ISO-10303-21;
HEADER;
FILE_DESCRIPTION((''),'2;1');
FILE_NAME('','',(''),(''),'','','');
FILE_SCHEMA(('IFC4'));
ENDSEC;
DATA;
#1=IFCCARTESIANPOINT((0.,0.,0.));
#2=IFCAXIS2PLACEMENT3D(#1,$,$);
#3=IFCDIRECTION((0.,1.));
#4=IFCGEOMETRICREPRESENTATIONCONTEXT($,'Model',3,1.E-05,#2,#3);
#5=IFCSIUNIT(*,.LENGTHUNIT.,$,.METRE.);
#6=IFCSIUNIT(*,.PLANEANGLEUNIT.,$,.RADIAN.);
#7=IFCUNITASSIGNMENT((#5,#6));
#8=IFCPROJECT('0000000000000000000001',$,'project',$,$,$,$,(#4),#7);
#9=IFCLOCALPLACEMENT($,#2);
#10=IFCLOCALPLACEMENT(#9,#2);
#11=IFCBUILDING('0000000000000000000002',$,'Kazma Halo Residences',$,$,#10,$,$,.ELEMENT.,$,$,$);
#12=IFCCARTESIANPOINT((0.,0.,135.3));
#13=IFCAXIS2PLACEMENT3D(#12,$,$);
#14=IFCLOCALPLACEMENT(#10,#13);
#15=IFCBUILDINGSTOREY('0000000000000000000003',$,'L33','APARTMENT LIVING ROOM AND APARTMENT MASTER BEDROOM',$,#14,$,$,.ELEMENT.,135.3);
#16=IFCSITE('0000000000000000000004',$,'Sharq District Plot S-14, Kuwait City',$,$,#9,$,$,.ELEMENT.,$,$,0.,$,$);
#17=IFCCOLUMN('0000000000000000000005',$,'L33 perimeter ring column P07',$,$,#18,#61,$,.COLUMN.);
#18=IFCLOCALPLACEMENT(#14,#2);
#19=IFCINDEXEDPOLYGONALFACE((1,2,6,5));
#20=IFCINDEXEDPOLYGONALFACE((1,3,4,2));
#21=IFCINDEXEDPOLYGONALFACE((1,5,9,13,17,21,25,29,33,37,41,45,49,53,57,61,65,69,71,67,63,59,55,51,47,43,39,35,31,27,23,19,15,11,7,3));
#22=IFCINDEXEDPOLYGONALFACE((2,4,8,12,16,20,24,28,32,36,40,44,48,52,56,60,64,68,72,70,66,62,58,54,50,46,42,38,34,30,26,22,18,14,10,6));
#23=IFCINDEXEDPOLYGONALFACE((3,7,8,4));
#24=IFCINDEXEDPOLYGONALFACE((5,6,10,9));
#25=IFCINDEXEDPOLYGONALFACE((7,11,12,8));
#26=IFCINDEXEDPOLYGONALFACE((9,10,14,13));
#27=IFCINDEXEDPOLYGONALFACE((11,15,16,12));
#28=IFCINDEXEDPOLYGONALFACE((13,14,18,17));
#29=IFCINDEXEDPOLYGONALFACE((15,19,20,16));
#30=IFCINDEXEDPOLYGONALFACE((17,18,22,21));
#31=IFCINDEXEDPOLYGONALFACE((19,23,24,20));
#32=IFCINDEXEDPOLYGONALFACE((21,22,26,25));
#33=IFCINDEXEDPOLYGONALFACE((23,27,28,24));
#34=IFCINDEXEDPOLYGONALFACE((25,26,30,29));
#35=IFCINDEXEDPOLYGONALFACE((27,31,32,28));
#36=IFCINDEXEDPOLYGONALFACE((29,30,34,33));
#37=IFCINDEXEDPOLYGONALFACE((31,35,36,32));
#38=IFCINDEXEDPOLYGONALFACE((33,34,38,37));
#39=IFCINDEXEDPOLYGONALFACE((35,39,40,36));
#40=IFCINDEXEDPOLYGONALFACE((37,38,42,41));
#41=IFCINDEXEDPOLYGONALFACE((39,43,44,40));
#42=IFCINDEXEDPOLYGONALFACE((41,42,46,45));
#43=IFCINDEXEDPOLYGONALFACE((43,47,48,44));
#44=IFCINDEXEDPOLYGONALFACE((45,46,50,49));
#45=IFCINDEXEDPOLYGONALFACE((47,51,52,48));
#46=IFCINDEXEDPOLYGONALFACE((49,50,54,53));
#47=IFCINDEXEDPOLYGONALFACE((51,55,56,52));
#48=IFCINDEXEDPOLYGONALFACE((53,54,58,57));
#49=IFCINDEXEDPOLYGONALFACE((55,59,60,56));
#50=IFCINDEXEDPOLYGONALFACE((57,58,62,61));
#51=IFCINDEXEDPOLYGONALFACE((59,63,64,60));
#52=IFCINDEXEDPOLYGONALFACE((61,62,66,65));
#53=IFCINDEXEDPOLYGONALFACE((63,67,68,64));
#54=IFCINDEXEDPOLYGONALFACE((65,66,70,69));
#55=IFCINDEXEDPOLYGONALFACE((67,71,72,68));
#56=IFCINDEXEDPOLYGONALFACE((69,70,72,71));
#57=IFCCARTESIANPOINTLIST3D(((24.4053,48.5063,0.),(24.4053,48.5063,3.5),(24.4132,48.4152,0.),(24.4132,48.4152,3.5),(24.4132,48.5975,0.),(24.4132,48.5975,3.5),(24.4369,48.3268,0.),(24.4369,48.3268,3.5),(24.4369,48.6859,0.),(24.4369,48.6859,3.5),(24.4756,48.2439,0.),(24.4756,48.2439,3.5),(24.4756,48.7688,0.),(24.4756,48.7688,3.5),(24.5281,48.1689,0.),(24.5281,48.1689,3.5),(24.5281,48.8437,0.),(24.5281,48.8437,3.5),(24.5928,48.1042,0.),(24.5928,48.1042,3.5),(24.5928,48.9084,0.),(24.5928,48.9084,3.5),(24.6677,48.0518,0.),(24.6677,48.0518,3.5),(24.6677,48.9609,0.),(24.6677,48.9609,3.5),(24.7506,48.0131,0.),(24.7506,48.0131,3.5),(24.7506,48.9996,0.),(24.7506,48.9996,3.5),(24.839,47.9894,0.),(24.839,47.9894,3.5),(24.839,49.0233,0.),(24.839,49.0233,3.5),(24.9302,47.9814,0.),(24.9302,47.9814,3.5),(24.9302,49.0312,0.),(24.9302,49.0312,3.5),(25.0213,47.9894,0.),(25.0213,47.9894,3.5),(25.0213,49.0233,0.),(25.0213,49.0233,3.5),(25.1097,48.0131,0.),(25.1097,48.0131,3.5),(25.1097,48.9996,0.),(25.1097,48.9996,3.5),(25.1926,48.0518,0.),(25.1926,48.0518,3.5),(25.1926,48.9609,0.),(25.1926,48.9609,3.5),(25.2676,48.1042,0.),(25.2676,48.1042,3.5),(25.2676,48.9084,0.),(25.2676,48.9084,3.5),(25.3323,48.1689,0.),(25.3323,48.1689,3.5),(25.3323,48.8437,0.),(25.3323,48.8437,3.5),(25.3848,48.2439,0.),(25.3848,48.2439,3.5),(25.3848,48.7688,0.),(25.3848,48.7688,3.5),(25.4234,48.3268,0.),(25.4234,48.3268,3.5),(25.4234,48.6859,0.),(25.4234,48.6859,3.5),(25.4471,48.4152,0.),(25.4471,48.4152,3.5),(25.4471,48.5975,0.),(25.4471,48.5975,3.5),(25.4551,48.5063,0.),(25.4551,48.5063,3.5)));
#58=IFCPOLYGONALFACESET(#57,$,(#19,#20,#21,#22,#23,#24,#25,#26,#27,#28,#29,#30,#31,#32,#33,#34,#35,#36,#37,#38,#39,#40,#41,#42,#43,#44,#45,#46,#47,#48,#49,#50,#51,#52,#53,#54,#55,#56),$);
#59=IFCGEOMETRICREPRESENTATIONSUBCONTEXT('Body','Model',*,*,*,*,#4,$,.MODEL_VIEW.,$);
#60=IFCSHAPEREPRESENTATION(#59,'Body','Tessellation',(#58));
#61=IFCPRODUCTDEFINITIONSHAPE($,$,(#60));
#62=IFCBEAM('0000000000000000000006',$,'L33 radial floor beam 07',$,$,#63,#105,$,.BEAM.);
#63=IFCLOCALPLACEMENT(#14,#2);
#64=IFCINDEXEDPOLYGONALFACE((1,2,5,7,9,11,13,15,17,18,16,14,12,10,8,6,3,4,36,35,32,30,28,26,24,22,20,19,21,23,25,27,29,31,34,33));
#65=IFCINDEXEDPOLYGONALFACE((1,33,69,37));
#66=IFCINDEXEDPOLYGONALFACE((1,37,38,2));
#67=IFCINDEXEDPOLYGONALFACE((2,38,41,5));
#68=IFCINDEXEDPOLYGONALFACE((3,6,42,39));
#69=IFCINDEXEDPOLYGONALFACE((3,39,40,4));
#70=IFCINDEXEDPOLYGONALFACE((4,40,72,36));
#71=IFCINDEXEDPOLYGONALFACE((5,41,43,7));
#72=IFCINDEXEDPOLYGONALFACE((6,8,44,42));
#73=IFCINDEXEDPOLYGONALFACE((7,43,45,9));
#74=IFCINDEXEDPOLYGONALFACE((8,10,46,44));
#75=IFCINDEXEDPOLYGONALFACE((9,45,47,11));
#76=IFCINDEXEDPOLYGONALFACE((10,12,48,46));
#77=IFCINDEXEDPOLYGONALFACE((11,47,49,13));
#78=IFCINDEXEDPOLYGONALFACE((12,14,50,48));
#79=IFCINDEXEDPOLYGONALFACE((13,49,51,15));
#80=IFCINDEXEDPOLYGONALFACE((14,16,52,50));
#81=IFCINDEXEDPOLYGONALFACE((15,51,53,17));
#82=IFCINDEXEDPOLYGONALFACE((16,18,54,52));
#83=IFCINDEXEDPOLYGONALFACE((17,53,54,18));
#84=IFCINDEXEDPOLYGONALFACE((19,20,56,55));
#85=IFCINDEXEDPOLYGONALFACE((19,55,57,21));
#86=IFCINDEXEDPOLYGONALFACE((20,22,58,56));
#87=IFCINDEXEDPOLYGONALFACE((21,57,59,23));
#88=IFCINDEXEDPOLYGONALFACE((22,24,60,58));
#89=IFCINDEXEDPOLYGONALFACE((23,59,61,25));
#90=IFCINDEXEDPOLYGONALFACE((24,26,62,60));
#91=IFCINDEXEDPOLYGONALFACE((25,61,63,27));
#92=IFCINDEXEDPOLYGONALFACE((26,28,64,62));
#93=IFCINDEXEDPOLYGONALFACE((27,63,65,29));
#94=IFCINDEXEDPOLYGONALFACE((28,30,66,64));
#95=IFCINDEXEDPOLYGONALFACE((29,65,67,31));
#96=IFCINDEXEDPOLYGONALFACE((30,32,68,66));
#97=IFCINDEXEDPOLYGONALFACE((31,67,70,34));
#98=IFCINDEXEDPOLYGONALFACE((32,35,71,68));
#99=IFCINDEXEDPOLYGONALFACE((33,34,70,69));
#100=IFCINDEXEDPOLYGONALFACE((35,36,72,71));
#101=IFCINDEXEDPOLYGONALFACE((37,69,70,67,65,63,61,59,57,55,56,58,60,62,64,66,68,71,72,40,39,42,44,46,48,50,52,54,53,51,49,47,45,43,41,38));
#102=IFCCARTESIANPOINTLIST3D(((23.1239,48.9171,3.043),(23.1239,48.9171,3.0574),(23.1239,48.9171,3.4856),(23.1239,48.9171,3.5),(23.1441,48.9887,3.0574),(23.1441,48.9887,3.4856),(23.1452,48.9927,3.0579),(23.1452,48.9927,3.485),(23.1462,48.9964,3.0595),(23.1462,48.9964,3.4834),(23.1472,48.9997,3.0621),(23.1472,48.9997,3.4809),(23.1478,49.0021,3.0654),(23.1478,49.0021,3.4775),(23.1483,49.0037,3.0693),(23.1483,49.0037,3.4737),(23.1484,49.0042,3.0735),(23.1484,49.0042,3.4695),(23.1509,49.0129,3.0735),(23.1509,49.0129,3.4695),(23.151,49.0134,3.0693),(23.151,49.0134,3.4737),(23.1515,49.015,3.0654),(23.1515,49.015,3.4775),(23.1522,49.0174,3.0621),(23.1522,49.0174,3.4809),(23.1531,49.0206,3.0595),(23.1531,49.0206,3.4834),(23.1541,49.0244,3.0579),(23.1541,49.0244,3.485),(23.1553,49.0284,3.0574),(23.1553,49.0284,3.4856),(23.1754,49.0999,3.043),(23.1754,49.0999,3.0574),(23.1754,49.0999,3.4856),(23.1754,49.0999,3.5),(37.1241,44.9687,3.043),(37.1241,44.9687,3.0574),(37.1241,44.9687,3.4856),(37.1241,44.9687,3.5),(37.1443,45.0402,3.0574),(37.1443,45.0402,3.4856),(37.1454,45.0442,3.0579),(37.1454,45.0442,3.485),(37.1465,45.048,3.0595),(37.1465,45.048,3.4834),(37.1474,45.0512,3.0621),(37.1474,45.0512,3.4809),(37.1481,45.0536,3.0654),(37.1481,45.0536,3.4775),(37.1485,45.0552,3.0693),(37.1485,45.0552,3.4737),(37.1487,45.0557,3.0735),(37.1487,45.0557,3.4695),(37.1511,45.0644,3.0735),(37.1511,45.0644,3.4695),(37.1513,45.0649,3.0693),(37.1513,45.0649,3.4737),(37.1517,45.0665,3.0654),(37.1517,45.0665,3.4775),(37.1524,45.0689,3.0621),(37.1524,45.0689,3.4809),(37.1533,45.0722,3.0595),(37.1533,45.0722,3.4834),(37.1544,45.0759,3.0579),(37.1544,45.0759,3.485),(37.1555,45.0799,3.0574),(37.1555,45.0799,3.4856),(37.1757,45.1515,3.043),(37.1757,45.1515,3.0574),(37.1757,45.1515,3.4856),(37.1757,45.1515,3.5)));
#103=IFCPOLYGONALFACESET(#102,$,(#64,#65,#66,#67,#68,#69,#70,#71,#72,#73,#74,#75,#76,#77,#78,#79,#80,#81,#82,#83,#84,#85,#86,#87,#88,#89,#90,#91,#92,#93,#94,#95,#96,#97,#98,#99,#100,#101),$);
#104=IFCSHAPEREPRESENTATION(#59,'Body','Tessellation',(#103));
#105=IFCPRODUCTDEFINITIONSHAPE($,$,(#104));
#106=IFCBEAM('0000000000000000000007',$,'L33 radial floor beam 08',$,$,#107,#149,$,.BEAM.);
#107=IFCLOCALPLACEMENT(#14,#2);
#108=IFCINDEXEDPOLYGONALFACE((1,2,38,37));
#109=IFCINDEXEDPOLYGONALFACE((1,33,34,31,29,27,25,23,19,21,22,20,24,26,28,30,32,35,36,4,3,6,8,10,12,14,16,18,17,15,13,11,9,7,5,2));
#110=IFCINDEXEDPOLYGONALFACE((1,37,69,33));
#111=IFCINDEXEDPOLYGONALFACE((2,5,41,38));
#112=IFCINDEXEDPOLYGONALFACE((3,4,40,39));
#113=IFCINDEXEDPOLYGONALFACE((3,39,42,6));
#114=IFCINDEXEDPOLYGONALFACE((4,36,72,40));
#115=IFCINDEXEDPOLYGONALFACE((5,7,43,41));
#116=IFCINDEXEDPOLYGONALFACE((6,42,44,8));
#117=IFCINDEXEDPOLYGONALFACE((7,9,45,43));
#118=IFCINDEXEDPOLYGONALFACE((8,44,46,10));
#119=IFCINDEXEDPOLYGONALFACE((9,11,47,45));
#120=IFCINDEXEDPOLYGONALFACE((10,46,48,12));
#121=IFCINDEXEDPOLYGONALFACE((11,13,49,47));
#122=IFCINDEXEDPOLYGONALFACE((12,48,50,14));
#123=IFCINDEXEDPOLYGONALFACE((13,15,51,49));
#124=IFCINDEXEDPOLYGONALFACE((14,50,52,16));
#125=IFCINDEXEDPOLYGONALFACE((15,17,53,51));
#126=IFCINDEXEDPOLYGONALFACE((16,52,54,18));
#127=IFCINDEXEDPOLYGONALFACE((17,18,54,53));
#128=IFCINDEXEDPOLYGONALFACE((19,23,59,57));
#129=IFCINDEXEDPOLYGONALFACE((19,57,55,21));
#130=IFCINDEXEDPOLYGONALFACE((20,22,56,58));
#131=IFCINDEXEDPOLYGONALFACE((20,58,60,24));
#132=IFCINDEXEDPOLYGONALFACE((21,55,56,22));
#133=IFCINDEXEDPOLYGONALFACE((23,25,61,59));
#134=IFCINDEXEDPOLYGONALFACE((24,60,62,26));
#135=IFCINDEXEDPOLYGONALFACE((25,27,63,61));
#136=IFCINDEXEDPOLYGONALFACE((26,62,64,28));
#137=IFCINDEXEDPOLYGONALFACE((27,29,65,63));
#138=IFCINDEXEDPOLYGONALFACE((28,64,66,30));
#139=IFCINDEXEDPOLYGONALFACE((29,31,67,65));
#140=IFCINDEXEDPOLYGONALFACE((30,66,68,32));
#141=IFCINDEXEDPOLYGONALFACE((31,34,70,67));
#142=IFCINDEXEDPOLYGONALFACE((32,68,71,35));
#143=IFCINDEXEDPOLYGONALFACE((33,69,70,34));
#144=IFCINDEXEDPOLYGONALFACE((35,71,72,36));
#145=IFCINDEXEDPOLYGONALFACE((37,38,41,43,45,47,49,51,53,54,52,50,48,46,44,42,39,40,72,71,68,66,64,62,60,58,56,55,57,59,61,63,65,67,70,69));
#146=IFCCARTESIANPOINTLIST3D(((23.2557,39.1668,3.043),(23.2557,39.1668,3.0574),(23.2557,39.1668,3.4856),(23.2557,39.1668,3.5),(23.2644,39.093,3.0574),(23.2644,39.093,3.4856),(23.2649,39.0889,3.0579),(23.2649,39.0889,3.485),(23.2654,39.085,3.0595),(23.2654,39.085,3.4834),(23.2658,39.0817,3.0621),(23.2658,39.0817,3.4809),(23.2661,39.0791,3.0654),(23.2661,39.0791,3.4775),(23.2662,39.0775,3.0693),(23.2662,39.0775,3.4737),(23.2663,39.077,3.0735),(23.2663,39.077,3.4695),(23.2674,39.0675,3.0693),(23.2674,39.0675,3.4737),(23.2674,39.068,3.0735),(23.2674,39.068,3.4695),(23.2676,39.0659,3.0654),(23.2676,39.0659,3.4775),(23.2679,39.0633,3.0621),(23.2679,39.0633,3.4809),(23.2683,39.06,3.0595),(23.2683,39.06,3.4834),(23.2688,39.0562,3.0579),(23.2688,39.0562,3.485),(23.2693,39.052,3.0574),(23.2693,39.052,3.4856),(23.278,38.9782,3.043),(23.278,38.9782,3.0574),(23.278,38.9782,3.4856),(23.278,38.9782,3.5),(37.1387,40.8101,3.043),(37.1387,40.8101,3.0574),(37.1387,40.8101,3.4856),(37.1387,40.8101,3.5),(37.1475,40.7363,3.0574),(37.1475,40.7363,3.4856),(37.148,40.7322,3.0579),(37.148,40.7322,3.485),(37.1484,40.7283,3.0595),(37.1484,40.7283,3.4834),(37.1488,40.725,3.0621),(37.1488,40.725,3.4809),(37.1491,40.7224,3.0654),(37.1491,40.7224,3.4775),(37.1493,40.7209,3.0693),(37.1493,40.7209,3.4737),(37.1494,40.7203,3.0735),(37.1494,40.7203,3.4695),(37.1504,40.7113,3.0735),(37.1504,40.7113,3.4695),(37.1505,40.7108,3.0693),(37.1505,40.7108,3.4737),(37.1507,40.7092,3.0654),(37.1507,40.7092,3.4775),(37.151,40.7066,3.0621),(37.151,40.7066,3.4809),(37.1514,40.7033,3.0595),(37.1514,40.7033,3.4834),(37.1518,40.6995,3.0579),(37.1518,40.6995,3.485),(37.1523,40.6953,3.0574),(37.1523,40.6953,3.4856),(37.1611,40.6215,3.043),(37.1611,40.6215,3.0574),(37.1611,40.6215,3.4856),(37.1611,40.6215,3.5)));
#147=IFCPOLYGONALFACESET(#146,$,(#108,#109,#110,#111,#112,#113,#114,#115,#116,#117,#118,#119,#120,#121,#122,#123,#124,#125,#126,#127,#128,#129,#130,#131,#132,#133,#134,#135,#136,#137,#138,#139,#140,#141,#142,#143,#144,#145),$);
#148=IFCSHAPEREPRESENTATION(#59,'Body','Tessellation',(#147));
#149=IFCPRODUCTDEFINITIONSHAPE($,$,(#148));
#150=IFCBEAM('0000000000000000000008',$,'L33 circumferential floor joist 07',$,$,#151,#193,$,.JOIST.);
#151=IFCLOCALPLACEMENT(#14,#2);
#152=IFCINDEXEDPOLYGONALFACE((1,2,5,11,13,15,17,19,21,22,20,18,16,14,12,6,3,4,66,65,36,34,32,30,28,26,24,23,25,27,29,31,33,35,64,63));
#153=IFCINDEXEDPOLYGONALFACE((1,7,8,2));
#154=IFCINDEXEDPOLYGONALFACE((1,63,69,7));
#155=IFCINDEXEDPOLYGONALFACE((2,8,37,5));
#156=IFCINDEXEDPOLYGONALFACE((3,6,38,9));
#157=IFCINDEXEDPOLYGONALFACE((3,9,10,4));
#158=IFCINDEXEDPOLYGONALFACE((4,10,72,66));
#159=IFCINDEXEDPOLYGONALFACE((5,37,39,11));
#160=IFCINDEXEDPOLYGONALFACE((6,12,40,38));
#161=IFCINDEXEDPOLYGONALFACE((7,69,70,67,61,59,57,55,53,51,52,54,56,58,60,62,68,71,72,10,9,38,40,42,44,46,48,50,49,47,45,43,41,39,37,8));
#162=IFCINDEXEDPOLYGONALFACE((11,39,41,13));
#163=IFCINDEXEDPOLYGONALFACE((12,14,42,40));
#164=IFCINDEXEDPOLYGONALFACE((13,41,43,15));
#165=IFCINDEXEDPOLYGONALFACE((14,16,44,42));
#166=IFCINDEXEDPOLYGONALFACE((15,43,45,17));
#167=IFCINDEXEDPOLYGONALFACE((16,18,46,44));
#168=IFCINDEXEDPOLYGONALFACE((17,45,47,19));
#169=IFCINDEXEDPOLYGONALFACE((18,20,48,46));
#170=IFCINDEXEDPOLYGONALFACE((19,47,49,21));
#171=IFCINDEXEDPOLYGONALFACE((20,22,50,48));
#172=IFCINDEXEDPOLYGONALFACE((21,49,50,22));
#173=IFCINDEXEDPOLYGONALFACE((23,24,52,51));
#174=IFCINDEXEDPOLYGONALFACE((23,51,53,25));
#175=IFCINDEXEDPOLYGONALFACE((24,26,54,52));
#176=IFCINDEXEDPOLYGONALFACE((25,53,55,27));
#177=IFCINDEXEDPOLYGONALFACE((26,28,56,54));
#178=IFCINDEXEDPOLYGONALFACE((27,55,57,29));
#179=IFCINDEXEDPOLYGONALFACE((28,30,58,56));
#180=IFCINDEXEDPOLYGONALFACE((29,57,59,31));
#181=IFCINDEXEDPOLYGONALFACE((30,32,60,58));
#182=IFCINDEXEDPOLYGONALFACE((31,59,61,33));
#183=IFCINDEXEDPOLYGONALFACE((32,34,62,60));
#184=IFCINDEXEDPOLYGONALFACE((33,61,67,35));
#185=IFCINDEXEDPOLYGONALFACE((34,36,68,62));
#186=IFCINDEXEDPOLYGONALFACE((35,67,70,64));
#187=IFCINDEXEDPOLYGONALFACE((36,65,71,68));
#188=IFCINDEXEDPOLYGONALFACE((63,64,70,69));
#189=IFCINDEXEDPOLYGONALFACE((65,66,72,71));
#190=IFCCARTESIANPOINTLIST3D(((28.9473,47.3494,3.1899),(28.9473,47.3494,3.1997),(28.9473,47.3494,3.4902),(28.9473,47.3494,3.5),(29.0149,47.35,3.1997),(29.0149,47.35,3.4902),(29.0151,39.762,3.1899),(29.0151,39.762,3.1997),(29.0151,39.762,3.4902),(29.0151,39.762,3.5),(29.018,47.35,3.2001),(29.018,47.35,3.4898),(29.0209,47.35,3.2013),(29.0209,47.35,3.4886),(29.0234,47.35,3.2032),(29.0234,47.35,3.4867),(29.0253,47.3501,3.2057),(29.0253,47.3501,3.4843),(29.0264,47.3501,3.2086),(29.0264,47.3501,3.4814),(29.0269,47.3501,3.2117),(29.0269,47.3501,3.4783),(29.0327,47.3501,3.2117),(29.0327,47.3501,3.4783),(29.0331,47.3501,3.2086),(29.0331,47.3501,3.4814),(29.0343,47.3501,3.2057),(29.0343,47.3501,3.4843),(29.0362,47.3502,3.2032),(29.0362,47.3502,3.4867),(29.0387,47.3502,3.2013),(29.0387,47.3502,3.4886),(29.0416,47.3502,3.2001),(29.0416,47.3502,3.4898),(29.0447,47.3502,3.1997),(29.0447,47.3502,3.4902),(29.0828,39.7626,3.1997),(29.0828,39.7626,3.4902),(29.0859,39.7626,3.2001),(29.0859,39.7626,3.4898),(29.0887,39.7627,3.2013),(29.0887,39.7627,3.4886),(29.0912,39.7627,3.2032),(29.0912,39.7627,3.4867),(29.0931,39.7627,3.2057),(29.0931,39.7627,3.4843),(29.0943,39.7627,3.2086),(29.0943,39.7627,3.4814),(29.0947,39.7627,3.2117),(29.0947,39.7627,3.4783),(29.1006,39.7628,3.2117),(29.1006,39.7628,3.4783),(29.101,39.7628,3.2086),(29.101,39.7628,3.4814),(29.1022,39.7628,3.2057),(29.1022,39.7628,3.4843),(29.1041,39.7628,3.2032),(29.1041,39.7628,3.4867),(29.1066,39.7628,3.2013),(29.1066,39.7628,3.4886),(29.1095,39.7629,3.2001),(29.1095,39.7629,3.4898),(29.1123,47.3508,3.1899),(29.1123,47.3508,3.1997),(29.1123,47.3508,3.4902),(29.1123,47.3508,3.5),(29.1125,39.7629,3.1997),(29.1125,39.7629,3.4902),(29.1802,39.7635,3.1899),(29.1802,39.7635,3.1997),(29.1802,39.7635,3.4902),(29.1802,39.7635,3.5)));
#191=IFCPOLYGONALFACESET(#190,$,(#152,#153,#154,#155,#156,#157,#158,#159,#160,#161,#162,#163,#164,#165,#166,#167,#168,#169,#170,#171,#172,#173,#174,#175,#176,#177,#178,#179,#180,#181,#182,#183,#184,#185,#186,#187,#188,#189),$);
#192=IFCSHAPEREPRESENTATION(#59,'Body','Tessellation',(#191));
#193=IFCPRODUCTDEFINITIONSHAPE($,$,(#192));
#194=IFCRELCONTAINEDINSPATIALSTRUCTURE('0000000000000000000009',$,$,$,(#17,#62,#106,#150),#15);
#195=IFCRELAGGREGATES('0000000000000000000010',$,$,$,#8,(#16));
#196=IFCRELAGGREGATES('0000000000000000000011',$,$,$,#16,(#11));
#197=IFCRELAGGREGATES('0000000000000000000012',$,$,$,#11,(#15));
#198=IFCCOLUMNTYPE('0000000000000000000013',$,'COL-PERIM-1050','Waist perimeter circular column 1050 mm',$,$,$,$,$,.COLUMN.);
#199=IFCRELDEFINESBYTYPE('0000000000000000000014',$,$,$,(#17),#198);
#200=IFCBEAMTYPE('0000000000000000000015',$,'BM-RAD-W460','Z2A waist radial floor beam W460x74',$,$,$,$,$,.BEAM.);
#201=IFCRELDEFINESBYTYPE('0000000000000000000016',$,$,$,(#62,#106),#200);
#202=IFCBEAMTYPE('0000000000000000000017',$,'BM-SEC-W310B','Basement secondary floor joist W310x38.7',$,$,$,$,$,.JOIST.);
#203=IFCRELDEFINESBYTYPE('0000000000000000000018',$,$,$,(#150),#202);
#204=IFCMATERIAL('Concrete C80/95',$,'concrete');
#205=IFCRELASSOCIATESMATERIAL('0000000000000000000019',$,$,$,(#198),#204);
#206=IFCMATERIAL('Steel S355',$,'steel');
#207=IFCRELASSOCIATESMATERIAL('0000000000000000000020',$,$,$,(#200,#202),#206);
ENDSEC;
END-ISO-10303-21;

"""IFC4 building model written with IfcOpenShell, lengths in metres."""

from ifc_helpers import new_model, si_unit, direction, frame, origin, origin_2d, place, context, subcontext, project, spatial, circle, i_section, extrude, material, material_profile, profile_set, type_object, element, save


model = new_model("IFC4")

# Units and contexts
model_context = context("Model", 3, precision=1e-05, world=origin(), true_north=direction((0.0, 1.0)))
body_context = subcontext(model_context, "Body", "Model", "MODEL_VIEW")
ifc_project = project(units=[si_unit("LENGTHUNIT", "METRE"), si_unit("PLANEANGLEUNIT", "RADIAN")], contexts=[model_context])

# Site, building, storey
site_placement = place(None, origin())
site = spatial("IfcSite", under=ifc_project, at=site_placement, Name="Sharq District Plot S-14, Kuwait City", CompositionType="ELEMENT", RefElevation=0.0)
building_placement = place(site_placement, origin())
building = spatial("IfcBuilding", under=site, at=building_placement, Name="Kazma Halo Residences", CompositionType="ELEMENT")
storey_placement = place(building_placement, frame((0.0, 0.0, 135.3)))
storey = spatial("IfcBuildingStorey", under=building, at=storey_placement, Name="L33", Description="APARTMENT LIVING ROOM AND APARTMENT MASTER BEDROOM", CompositionType="ELEMENT", Elevation=135.3)

# Column
ifc_material_1 = material(Name="Concrete C80/95", Category="concrete")
ifc_material_profile_1 = material_profile(ifc_material_1, circle(Radius=0.5249, at=origin_2d()), Name="CIRC1050")
ifc_profile_set_1 = profile_set([ifc_material_profile_1], Name="Concrete C80/95")
column_type = type_object("IfcColumnType", Name="COL-PERIM-1050", Description="Waist perimeter circular column 1050 mm", PredefinedType="COLUMN", material=ifc_profile_set_1)
column_placement = place(storey_placement, frame((24.9302, 48.5063, 0.0), z_axis=(0.0, 0.0, 1.0), x_axis=(1.0, 0.0, 0.0)))
element("IfcColumn", 1, at=column_placement, inside=storey, type_object=column_type, Name="L33 perimeter ring column P07", PredefinedType="COLUMN", context=body_context, shape_type="SweptSolid", body=[
    extrude(circle(Radius=0.5249, at=origin_2d()), origin(), (0.0, 0.0, 1.0), 3.5),
])

# Beams
ifc_material_2 = material(Name="Steel S355", Category="steel")
ifc_material_profile_2 = material_profile(ifc_material_2, i_section(OverallWidth=0.1899, OverallDepth=0.457, WebThickness=0.009, FlangeThickness=0.0144, FilletRadius=0.0161, at=origin_2d()), Name="W460x74")
ifc_profile_set_2 = profile_set([ifc_material_profile_2], Name="Steel S355")
beam_type_1 = type_object("IfcBeamType", Name="BM-RAD-W460", Description="Z2A waist radial floor beam W460x74", PredefinedType="BEAM", material=ifc_profile_set_2)
beam_1_placement = place(storey_placement, frame((37.1499, 45.0601, 3.2715), z_axis=(-0.962455, 0.271441, 0.0), x_axis=(-0.271441, -0.962455, 0.0)))
element("IfcBeam", 2, at=beam_1_placement, inside=storey, type_object=beam_type_1, Name="L33 radial floor beam 07", PredefinedType="BEAM", context=body_context, shape_type="SweptSolid", body=[
    extrude(i_section(OverallWidth=0.1899, OverallDepth=0.457, WebThickness=0.009, FlangeThickness=0.0144, FilletRadius=0.0161, at=origin_2d()), origin(), (0.0, 0.0, 1.0), 14.5464),
])
beam_2_placement = place(storey_placement, frame((37.1499, 40.7158, 3.2715), z_axis=(-0.993067, -0.117547, 0.0), x_axis=(0.117547, -0.993067, 0.0)))
element("IfcBeam", 3, at=beam_2_placement, inside=storey, type_object=beam_type_1, Name="L33 radial floor beam 08", PredefinedType="BEAM", context=body_context, shape_type="SweptSolid", body=[
    extrude(i_section(OverallWidth=0.1899, OverallDepth=0.457, WebThickness=0.009, FlangeThickness=0.0144, FilletRadius=0.0161, at=origin_2d()), origin(), (0.0, 0.0, 1.0), 13.98),
])
ifc_material_profile_3 = material_profile(ifc_material_2, i_section(OverallWidth=0.165, OverallDepth=0.3101, WebThickness=0.0059, FlangeThickness=0.0098, FilletRadius=0.012, at=origin_2d()), Name="W310x38.7")
ifc_profile_set_3 = profile_set([ifc_material_profile_3], Name="Steel S355")
beam_type_2 = type_object("IfcBeamType", Name="BM-SEC-W310B", Description="Basement secondary floor joist W310x38.7", PredefinedType="JOIST", material=ifc_profile_set_3)
beam_3_placement = place(storey_placement, frame((29.0298, 47.3501, 3.345), z_axis=(0.008945, -0.99996, 0.0), x_axis=(0.99996, 0.008945, 0.0)))
element("IfcBeam", 4, at=beam_3_placement, inside=storey, type_object=beam_type_2, Name="L33 circumferential floor joist 07", PredefinedType="JOIST", context=body_context, shape_type="SweptSolid", body=[
    extrude(i_section(OverallWidth=0.165, OverallDepth=0.3101, WebThickness=0.0059, FlangeThickness=0.0098, FilletRadius=0.012, at=origin_2d()), origin(), (0.0, 0.0, 1.0), 7.5876),
])

save(model, "model.ifc")
